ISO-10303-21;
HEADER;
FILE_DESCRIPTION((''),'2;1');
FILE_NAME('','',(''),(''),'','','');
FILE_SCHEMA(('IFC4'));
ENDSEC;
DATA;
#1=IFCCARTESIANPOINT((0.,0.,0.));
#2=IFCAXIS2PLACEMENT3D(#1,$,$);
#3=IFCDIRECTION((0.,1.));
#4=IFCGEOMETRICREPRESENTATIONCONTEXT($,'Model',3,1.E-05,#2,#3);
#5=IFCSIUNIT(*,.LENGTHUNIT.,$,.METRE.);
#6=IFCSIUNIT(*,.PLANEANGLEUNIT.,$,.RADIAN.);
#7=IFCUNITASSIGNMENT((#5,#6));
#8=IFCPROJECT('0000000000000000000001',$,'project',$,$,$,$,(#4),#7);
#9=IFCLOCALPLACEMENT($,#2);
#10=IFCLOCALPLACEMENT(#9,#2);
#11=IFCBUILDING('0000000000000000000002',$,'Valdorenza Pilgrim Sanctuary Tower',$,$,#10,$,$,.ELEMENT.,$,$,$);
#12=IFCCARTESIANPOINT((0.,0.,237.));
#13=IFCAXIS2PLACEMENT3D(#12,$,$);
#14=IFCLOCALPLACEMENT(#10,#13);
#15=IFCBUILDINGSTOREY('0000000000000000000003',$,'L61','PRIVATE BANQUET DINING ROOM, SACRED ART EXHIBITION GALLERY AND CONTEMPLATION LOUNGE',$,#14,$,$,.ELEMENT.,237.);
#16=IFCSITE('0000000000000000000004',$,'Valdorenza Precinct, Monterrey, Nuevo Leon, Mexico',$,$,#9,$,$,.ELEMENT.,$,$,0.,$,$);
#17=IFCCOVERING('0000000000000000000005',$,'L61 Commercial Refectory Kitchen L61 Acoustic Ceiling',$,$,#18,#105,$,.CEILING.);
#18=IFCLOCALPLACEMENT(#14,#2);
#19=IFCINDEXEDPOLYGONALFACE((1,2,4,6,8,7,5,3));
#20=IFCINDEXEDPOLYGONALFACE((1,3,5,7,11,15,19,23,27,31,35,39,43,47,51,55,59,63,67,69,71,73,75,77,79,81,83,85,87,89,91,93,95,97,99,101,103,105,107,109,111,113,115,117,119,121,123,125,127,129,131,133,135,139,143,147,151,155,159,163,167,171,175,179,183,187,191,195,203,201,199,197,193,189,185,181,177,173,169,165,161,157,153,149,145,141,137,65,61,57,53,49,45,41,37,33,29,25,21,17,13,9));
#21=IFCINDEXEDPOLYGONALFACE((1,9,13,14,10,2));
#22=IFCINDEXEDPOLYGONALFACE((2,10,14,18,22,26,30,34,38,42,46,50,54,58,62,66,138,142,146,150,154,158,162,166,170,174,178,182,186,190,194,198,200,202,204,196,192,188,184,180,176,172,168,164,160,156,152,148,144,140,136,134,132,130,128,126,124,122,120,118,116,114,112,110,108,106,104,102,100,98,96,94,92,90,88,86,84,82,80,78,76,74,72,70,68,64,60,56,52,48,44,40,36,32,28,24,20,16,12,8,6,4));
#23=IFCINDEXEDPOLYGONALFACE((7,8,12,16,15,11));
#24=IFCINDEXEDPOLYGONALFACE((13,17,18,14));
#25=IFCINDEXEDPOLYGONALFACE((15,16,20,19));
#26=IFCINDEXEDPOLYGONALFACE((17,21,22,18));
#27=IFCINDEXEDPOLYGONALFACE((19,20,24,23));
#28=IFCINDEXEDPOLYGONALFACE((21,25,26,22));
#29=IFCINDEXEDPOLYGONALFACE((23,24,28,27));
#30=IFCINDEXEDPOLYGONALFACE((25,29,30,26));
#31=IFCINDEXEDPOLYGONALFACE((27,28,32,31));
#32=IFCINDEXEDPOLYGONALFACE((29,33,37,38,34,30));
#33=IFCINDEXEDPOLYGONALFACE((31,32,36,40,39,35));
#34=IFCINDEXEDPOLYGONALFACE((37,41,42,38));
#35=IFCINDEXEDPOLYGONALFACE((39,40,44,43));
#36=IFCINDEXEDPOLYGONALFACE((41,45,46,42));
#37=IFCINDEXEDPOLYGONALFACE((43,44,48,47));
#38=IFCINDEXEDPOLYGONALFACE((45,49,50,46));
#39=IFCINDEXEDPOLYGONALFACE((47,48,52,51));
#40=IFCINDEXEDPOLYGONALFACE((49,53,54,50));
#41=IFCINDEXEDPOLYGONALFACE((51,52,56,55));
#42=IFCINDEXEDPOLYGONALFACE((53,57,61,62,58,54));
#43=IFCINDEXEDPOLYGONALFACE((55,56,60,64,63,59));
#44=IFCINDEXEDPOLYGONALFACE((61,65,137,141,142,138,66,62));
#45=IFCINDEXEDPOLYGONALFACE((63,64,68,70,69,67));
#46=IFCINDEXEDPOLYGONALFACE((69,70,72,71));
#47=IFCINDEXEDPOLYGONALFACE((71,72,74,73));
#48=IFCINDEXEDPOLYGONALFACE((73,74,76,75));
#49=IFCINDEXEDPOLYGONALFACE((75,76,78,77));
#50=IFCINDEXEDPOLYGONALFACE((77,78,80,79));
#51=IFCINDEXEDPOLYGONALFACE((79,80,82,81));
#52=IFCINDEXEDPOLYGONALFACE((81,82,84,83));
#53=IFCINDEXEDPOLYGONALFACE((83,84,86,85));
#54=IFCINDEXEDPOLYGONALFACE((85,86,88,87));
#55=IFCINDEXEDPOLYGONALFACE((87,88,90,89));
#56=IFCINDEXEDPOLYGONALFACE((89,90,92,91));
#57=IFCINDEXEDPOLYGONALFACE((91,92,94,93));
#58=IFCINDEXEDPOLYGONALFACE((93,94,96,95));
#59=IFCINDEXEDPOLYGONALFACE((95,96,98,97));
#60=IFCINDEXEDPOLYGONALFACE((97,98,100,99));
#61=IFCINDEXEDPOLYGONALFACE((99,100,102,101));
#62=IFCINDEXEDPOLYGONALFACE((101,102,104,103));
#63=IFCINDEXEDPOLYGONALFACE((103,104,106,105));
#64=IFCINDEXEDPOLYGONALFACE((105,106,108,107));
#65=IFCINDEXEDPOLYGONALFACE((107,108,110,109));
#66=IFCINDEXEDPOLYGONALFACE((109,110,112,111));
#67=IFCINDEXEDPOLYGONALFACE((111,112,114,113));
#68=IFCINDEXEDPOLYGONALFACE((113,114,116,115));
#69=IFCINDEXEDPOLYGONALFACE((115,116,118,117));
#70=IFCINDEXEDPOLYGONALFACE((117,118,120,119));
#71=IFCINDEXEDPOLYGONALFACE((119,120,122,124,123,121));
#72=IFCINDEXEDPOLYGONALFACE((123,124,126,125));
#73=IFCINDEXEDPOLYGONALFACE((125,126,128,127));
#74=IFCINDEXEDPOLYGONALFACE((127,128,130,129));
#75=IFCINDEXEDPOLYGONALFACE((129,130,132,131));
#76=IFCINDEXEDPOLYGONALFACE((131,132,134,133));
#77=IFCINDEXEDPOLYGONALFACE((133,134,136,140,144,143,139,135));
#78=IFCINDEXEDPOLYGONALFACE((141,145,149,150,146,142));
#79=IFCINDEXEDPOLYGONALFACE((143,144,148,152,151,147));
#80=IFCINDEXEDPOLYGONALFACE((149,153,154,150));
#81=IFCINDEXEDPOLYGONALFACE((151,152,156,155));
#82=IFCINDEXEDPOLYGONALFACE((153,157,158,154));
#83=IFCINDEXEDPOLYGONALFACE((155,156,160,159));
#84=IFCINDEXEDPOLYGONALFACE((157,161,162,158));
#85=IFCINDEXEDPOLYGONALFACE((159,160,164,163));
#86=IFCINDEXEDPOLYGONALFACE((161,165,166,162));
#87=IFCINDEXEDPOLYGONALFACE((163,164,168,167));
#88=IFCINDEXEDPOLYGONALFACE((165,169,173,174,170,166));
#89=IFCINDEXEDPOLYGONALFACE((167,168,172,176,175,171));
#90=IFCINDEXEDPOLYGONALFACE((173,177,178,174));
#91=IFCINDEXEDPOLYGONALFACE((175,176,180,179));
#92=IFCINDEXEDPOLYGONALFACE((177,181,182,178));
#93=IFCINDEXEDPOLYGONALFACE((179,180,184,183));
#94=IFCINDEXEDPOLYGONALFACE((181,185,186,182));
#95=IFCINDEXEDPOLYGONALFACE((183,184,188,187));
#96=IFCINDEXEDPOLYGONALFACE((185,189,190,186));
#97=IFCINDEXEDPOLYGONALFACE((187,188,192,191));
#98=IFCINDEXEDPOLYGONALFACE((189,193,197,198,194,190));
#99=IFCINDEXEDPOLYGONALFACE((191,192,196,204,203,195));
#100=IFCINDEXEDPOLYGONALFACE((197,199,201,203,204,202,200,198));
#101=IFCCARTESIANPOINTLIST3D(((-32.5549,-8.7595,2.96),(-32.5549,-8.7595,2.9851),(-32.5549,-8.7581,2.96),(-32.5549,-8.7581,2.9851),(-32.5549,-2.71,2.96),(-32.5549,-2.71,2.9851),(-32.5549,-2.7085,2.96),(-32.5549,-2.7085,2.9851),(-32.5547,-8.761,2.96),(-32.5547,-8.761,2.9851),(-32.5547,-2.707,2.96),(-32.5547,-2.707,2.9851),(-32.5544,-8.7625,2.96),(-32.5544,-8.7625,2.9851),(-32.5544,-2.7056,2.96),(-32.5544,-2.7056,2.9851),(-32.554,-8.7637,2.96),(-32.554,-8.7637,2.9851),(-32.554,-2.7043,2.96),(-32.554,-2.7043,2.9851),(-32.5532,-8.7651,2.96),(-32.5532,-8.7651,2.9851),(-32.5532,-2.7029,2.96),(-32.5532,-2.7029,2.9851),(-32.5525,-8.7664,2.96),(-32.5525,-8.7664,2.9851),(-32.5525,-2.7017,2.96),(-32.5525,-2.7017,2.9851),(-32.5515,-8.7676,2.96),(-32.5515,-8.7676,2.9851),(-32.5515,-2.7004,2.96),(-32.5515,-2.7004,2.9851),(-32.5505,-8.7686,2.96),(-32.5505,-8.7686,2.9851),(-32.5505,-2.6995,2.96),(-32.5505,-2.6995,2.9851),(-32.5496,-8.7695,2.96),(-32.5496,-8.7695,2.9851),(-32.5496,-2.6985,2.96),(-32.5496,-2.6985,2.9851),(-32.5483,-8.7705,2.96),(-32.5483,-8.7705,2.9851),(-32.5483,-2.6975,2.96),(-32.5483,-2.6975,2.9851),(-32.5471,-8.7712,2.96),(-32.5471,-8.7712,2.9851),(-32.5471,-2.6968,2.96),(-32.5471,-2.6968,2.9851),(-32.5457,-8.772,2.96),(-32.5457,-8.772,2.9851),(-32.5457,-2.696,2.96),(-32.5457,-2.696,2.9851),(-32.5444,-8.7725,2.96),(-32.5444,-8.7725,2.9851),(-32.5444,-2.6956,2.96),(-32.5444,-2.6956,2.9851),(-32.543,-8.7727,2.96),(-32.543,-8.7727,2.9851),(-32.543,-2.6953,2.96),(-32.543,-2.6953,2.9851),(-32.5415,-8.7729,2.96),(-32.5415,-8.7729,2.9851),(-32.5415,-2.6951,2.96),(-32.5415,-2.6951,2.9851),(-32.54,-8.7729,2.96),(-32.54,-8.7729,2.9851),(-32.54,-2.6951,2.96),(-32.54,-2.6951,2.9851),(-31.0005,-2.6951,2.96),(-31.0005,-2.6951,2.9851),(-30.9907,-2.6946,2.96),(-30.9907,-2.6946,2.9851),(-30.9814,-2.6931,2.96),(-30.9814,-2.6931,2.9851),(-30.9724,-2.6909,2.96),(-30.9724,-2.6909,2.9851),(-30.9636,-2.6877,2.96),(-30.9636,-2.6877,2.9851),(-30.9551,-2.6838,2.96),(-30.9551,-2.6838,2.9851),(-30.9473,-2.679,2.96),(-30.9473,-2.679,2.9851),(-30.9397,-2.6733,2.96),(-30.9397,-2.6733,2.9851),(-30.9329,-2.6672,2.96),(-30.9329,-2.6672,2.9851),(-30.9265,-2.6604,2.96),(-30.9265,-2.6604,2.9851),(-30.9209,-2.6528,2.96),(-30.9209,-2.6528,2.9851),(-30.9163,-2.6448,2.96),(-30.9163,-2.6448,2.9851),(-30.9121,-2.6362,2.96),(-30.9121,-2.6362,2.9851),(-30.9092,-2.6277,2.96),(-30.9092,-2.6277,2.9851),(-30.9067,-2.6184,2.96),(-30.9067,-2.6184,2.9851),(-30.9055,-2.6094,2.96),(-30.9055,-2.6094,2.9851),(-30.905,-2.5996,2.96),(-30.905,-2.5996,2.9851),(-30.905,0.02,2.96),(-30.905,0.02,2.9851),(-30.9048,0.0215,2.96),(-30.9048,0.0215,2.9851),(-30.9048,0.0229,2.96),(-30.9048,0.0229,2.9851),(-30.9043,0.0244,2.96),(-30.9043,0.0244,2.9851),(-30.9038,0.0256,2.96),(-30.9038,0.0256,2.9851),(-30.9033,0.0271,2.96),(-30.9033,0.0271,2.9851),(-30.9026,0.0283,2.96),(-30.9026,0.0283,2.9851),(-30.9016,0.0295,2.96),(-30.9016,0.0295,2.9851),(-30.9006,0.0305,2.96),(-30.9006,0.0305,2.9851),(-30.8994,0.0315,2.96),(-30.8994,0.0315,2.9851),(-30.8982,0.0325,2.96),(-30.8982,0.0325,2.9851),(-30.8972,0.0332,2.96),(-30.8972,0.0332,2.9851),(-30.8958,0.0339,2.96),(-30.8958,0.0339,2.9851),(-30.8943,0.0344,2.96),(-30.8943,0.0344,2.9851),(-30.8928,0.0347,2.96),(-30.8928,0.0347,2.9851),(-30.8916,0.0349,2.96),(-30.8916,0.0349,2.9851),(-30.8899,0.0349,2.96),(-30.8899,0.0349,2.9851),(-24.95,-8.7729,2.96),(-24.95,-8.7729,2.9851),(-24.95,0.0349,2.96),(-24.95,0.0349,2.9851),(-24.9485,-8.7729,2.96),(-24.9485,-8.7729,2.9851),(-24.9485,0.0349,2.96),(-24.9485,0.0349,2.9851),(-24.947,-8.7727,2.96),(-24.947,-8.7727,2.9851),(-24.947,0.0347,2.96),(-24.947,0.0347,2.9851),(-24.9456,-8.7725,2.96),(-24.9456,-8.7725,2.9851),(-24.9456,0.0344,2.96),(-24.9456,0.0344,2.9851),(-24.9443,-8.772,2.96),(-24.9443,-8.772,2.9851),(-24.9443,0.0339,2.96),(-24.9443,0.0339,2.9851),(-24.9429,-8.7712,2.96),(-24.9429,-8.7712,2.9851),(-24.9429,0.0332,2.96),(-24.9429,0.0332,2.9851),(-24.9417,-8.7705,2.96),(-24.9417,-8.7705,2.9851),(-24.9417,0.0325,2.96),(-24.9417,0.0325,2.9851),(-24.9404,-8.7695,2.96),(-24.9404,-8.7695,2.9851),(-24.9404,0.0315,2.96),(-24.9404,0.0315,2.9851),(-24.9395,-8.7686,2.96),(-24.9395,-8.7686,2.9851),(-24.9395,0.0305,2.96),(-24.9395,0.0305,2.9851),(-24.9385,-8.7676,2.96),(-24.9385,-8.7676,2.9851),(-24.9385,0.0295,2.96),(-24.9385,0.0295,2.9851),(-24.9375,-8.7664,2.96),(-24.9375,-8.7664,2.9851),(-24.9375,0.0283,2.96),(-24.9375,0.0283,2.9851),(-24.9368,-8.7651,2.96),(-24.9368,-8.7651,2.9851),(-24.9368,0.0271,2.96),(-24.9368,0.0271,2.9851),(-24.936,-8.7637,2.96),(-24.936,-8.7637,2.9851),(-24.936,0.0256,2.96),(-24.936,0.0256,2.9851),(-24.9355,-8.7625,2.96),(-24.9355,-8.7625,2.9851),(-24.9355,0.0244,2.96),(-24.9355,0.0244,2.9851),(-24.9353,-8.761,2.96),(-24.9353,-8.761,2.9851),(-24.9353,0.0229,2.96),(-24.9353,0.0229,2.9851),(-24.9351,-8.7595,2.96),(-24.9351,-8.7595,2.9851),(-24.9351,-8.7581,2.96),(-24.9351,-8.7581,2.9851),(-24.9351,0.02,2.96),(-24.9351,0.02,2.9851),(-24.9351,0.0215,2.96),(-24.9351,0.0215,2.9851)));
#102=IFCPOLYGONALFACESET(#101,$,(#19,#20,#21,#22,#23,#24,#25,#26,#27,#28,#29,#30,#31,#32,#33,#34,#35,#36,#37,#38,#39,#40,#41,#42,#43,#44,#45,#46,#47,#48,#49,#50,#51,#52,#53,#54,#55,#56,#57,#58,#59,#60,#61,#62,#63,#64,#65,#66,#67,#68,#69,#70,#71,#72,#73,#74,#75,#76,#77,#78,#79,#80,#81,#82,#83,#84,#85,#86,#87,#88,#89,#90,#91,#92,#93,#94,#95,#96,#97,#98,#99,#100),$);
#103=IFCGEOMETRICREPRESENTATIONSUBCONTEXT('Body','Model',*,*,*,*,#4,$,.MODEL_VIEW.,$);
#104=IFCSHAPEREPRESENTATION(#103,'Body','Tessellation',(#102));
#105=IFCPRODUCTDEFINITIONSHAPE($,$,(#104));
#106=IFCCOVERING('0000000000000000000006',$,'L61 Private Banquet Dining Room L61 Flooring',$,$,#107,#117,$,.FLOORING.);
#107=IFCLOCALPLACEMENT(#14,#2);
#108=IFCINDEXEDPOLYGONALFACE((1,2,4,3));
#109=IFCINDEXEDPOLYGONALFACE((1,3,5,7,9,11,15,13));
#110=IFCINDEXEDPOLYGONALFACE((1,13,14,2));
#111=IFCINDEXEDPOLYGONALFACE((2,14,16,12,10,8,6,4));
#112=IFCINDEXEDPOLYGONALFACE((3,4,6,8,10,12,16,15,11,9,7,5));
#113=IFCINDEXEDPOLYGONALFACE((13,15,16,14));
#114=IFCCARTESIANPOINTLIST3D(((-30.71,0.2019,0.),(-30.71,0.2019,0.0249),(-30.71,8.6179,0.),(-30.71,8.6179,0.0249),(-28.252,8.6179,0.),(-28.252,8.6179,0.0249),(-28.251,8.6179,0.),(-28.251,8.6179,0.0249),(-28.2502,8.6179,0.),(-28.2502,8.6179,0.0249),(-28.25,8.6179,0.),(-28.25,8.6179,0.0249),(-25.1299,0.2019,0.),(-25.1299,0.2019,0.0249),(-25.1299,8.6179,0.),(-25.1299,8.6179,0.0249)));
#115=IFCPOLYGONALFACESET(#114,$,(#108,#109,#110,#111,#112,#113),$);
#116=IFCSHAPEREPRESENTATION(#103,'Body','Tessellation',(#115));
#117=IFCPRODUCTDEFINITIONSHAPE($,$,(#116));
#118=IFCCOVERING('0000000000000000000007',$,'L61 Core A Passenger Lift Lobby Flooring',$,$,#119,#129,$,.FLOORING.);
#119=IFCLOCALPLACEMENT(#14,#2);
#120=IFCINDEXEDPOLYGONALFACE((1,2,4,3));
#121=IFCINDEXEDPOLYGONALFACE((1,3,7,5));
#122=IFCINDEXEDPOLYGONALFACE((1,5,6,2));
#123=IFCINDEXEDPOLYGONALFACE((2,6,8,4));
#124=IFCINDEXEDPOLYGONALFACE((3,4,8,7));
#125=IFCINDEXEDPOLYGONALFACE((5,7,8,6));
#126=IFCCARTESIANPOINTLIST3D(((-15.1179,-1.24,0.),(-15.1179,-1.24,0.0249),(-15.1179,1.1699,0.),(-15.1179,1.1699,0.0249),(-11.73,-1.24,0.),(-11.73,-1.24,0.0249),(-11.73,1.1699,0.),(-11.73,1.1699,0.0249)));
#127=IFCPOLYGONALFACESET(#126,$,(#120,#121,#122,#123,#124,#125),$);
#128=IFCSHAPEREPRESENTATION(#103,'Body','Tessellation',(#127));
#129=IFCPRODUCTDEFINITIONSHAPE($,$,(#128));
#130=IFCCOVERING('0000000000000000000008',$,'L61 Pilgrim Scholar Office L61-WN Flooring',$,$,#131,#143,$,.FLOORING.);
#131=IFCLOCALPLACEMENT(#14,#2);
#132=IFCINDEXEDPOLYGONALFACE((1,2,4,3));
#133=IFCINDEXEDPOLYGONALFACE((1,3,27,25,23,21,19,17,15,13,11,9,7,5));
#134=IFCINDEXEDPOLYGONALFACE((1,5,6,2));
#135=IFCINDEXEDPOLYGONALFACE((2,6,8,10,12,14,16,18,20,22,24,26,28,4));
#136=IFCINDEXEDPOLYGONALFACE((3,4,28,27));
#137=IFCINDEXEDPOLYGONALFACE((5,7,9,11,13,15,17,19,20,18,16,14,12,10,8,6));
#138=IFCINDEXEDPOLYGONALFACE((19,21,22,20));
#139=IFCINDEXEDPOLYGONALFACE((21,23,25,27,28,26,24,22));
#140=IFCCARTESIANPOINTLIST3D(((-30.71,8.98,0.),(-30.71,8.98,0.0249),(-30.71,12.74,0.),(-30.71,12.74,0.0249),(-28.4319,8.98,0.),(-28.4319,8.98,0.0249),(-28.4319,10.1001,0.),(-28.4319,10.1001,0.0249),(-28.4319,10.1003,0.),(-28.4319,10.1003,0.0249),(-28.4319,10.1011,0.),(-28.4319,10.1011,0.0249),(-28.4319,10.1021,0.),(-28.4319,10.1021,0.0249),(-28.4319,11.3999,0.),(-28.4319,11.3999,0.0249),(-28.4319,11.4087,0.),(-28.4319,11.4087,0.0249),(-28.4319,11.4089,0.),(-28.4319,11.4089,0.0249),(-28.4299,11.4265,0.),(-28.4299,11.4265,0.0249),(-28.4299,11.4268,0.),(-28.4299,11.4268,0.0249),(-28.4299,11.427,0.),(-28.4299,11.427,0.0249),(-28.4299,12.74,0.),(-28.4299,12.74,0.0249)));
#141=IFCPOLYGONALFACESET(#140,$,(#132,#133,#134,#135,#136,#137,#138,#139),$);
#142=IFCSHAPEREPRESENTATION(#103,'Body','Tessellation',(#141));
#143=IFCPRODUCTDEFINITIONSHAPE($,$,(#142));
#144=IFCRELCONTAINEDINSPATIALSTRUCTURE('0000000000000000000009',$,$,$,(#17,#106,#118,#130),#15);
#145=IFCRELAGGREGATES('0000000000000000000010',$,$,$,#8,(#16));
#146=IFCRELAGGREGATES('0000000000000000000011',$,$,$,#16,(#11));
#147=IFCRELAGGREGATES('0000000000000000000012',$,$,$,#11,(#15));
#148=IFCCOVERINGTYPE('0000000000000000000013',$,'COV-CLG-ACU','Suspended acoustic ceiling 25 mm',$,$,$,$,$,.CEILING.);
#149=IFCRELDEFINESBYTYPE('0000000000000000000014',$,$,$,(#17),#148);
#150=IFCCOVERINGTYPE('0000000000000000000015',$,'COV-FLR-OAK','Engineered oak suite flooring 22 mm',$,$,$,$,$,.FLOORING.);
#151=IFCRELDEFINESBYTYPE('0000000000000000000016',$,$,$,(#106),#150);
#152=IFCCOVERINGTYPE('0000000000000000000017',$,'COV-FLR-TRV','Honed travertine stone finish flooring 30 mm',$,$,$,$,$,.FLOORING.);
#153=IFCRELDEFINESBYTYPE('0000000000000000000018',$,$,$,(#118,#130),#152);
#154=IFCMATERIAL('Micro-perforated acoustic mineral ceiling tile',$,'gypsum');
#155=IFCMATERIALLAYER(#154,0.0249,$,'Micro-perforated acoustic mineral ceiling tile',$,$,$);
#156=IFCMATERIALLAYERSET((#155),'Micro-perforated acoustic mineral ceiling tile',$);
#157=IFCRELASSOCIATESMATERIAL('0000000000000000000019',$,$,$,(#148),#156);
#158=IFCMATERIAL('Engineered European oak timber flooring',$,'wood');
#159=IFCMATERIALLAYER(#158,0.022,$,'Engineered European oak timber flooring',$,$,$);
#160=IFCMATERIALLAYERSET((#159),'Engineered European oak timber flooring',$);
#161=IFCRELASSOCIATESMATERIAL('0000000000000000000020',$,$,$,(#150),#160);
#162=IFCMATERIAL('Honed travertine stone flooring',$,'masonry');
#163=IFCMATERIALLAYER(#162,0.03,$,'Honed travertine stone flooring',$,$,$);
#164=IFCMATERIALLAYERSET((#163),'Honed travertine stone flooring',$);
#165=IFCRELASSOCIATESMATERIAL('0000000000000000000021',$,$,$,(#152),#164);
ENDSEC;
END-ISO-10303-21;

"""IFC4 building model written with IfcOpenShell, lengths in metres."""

from ifc_helpers import new_model, si_unit, direction, frame, origin, place, context, subcontext, project, spatial, polyline, outline, extrude, material, layer, layer_set, type_object, element, save


model = new_model("IFC4")

# Units and contexts
model_context = context("Model", 3, precision=1e-05, world=origin(), true_north=direction((0.0, 1.0)))
body_context = subcontext(model_context, "Body", "Model", "MODEL_VIEW")
ifc_project = project(units=[si_unit("LENGTHUNIT", "METRE"), si_unit("PLANEANGLEUNIT", "RADIAN")], contexts=[model_context])

# Site, building, storey
site_placement = place(None, origin())
site = spatial("IfcSite", under=ifc_project, at=site_placement, Name="Valdorenza Precinct, Monterrey, Nuevo Leon, Mexico", CompositionType="ELEMENT", RefElevation=0.0)
building_placement = place(site_placement, origin())
building = spatial("IfcBuilding", under=site, at=building_placement, Name="Valdorenza Pilgrim Sanctuary Tower", CompositionType="ELEMENT")
storey_placement = place(building_placement, frame((0.0, 0.0, 237.0)))
storey = spatial("IfcBuildingStorey", under=building, at=storey_placement, Name="L61", Description="PRIVATE BANQUET DINING ROOM, SACRED ART EXHIBITION GALLERY AND CONTEMPLATION LOUNGE", CompositionType="ELEMENT", Elevation=237.0)

# Coverings
ifc_material_1 = material(Name="Micro-perforated acoustic mineral ceiling tile", Category="gypsum")
ifc_layer_1 = layer(ifc_material_1, 0.0249, Name="Micro-perforated acoustic mineral ceiling tile")
ifc_layer_set_1 = layer_set([ifc_layer_1], Name="Micro-perforated acoustic mineral ceiling tile")
covering_type_1 = type_object("IfcCoveringType", Name="COV-CLG-ACU", Description="Suspended acoustic ceiling 25 mm", PredefinedType="CEILING", material=ifc_layer_set_1)
covering_1_placement = place(storey_placement, frame((0.0, 0.0, 2.96)))
element("IfcCovering", 1, at=covering_1_placement, inside=storey, type_object=covering_type_1, Name="L61 Commercial Refectory Kitchen L61 Acoustic Ceiling", PredefinedType="CEILING", context=body_context, shape_type="SweptSolid", body=[
    extrude(outline(polyline([(-24.9351, -8.7581), (-24.9351, -8.7595), (-24.9353, -8.761), (-24.9355, -8.7625), (-24.936, -8.7637), (-24.9368, -8.7651), (-24.9375, -8.7664), (-24.9385, -8.7676), (-24.9395, -8.7686), (-24.9404, -8.7695), (-24.9417, -8.7705), (-24.9429, -8.7712), (-24.9443, -8.772), (-24.9456, -8.7725), (-24.947, -8.7727), (-24.9485, -8.7729), (-24.95, -8.7729), (-32.54, -8.7729), (-32.5415, -8.7729), (-32.543, -8.7727), (-32.5444, -8.7725), (-32.5457, -8.772), (-32.5471, -8.7712), (-32.5483, -8.7705), (-32.5496, -8.7695), (-32.5505, -8.7686), (-32.5515, -8.7676), (-32.5525, -8.7664), (-32.5532, -8.7651), (-32.554, -8.7637), (-32.5544, -8.7625), (-32.5547, -8.761), (-32.5549, -8.7595), (-32.5549, -8.7581), (-32.5549, -2.71), (-32.5549, -2.7085), (-32.5547, -2.707), (-32.5544, -2.7056), (-32.554, -2.7043), (-32.5532, -2.7029), (-32.5525, -2.7017), (-32.5515, -2.7004), (-32.5505, -2.6995), (-32.5496, -2.6985), (-32.5483, -2.6975), (-32.5471, -2.6968), (-32.5457, -2.696), (-32.5444, -2.6956), (-32.543, -2.6953), (-32.5415, -2.6951), (-32.54, -2.6951), (-31.0005, -2.6951), (-30.9907, -2.6946), (-30.9814, -2.6931), (-30.9724, -2.6909), (-30.9636, -2.6877), (-30.9551, -2.6838), (-30.9473, -2.679), (-30.9397, -2.6733), (-30.9329, -2.6672), (-30.9265, -2.6604), (-30.9209, -2.6528), (-30.9163, -2.6448), (-30.9121, -2.6362), (-30.9092, -2.6277), (-30.9067, -2.6184), (-30.9055, -2.6094), (-30.905, -2.5996), (-30.905, 0.02), (-30.9048, 0.0215), (-30.9048, 0.0229), (-30.9043, 0.0244), (-30.9038, 0.0256), (-30.9033, 0.0271), (-30.9026, 0.0283), (-30.9016, 0.0295), (-30.9006, 0.0305), (-30.8994, 0.0315), (-30.8982, 0.0325), (-30.8972, 0.0332), (-30.8958, 0.0339), (-30.8943, 0.0344), (-30.8928, 0.0347), (-30.8916, 0.0349), (-30.8899, 0.0349), (-24.95, 0.0349), (-24.9485, 0.0349), (-24.947, 0.0347), (-24.9456, 0.0344), (-24.9443, 0.0339), (-24.9429, 0.0332), (-24.9417, 0.0325), (-24.9404, 0.0315), (-24.9395, 0.0305), (-24.9385, 0.0295), (-24.9375, 0.0283), (-24.9368, 0.0271), (-24.936, 0.0256), (-24.9355, 0.0244), (-24.9353, 0.0229), (-24.9351, 0.0215), (-24.9351, 0.02), (-24.9351, -8.7581)])), origin(), (0.0, 0.0, 1.0), 0.0251),
])
ifc_material_2 = material(Name="Engineered European oak timber flooring", Category="wood")
ifc_layer_2 = layer(ifc_material_2, 0.022, Name="Engineered European oak timber flooring")
ifc_layer_set_2 = layer_set([ifc_layer_2], Name="Engineered European oak timber flooring")
covering_type_2 = type_object("IfcCoveringType", Name="COV-FLR-OAK", Description="Engineered oak suite flooring 22 mm", PredefinedType="FLOORING", material=ifc_layer_set_2)
covering_2_placement = place(storey_placement, origin())
element("IfcCovering", 2, at=covering_2_placement, inside=storey, type_object=covering_type_2, Name="L61 Private Banquet Dining Room L61 Flooring", PredefinedType="FLOORING", context=body_context, shape_type="SweptSolid", body=[
    extrude(outline(polyline([(-28.2502, 8.6179), (-28.25, 8.6179), (-25.1299, 8.6179), (-25.1299, 0.2019), (-30.71, 0.2019), (-30.71, 8.6179), (-28.252, 8.6179), (-28.251, 8.6179), (-28.2502, 8.6179)])), origin(), (0.0, 0.0, 1.0), 0.0249),
])
ifc_material_3 = material(Name="Honed travertine stone flooring", Category="masonry")
ifc_layer_3 = layer(ifc_material_3, 0.03, Name="Honed travertine stone flooring")
ifc_layer_set_3 = layer_set([ifc_layer_3], Name="Honed travertine stone flooring")
covering_type_3 = type_object("IfcCoveringType", Name="COV-FLR-TRV", Description="Honed travertine stone finish flooring 30 mm", PredefinedType="FLOORING", material=ifc_layer_set_3)
covering_3_placement = place(storey_placement, origin())
element("IfcCovering", 3, at=covering_3_placement, inside=storey, type_object=covering_type_3, Name="L61 Core A Passenger Lift Lobby Flooring", PredefinedType="FLOORING", context=body_context, shape_type="SweptSolid", body=[
    extrude(outline(polyline([(-15.1179, 1.1699), (-11.73, 1.1699), (-11.73, -1.24), (-15.1179, -1.24), (-15.1179, 1.1699)])), origin(), (0.0, 0.0, 1.0), 0.0249),
])
covering_4_placement = place(storey_placement, origin())
element("IfcCovering", 4, at=covering_4_placement, inside=storey, type_object=covering_type_3, Name="L61 Pilgrim Scholar Office L61-WN Flooring", PredefinedType="FLOORING", context=body_context, shape_type="SweptSolid", body=[
    extrude(outline(polyline([(-28.4319, 10.1003), (-28.4319, 10.1001), (-28.4319, 8.98), (-30.71, 8.98), (-30.71, 12.74), (-28.4299, 12.74), (-28.4299, 11.427), (-28.4299, 11.4268), (-28.4299, 11.4265), (-28.4319, 11.4089), (-28.4319, 11.4087), (-28.4319, 11.3999), (-28.4319, 10.1021), (-28.4319, 10.1011), (-28.4319, 10.1003)])), origin(), (0.0, 0.0, 1.0), 0.0249),
])

save(model, "model.ifc")
